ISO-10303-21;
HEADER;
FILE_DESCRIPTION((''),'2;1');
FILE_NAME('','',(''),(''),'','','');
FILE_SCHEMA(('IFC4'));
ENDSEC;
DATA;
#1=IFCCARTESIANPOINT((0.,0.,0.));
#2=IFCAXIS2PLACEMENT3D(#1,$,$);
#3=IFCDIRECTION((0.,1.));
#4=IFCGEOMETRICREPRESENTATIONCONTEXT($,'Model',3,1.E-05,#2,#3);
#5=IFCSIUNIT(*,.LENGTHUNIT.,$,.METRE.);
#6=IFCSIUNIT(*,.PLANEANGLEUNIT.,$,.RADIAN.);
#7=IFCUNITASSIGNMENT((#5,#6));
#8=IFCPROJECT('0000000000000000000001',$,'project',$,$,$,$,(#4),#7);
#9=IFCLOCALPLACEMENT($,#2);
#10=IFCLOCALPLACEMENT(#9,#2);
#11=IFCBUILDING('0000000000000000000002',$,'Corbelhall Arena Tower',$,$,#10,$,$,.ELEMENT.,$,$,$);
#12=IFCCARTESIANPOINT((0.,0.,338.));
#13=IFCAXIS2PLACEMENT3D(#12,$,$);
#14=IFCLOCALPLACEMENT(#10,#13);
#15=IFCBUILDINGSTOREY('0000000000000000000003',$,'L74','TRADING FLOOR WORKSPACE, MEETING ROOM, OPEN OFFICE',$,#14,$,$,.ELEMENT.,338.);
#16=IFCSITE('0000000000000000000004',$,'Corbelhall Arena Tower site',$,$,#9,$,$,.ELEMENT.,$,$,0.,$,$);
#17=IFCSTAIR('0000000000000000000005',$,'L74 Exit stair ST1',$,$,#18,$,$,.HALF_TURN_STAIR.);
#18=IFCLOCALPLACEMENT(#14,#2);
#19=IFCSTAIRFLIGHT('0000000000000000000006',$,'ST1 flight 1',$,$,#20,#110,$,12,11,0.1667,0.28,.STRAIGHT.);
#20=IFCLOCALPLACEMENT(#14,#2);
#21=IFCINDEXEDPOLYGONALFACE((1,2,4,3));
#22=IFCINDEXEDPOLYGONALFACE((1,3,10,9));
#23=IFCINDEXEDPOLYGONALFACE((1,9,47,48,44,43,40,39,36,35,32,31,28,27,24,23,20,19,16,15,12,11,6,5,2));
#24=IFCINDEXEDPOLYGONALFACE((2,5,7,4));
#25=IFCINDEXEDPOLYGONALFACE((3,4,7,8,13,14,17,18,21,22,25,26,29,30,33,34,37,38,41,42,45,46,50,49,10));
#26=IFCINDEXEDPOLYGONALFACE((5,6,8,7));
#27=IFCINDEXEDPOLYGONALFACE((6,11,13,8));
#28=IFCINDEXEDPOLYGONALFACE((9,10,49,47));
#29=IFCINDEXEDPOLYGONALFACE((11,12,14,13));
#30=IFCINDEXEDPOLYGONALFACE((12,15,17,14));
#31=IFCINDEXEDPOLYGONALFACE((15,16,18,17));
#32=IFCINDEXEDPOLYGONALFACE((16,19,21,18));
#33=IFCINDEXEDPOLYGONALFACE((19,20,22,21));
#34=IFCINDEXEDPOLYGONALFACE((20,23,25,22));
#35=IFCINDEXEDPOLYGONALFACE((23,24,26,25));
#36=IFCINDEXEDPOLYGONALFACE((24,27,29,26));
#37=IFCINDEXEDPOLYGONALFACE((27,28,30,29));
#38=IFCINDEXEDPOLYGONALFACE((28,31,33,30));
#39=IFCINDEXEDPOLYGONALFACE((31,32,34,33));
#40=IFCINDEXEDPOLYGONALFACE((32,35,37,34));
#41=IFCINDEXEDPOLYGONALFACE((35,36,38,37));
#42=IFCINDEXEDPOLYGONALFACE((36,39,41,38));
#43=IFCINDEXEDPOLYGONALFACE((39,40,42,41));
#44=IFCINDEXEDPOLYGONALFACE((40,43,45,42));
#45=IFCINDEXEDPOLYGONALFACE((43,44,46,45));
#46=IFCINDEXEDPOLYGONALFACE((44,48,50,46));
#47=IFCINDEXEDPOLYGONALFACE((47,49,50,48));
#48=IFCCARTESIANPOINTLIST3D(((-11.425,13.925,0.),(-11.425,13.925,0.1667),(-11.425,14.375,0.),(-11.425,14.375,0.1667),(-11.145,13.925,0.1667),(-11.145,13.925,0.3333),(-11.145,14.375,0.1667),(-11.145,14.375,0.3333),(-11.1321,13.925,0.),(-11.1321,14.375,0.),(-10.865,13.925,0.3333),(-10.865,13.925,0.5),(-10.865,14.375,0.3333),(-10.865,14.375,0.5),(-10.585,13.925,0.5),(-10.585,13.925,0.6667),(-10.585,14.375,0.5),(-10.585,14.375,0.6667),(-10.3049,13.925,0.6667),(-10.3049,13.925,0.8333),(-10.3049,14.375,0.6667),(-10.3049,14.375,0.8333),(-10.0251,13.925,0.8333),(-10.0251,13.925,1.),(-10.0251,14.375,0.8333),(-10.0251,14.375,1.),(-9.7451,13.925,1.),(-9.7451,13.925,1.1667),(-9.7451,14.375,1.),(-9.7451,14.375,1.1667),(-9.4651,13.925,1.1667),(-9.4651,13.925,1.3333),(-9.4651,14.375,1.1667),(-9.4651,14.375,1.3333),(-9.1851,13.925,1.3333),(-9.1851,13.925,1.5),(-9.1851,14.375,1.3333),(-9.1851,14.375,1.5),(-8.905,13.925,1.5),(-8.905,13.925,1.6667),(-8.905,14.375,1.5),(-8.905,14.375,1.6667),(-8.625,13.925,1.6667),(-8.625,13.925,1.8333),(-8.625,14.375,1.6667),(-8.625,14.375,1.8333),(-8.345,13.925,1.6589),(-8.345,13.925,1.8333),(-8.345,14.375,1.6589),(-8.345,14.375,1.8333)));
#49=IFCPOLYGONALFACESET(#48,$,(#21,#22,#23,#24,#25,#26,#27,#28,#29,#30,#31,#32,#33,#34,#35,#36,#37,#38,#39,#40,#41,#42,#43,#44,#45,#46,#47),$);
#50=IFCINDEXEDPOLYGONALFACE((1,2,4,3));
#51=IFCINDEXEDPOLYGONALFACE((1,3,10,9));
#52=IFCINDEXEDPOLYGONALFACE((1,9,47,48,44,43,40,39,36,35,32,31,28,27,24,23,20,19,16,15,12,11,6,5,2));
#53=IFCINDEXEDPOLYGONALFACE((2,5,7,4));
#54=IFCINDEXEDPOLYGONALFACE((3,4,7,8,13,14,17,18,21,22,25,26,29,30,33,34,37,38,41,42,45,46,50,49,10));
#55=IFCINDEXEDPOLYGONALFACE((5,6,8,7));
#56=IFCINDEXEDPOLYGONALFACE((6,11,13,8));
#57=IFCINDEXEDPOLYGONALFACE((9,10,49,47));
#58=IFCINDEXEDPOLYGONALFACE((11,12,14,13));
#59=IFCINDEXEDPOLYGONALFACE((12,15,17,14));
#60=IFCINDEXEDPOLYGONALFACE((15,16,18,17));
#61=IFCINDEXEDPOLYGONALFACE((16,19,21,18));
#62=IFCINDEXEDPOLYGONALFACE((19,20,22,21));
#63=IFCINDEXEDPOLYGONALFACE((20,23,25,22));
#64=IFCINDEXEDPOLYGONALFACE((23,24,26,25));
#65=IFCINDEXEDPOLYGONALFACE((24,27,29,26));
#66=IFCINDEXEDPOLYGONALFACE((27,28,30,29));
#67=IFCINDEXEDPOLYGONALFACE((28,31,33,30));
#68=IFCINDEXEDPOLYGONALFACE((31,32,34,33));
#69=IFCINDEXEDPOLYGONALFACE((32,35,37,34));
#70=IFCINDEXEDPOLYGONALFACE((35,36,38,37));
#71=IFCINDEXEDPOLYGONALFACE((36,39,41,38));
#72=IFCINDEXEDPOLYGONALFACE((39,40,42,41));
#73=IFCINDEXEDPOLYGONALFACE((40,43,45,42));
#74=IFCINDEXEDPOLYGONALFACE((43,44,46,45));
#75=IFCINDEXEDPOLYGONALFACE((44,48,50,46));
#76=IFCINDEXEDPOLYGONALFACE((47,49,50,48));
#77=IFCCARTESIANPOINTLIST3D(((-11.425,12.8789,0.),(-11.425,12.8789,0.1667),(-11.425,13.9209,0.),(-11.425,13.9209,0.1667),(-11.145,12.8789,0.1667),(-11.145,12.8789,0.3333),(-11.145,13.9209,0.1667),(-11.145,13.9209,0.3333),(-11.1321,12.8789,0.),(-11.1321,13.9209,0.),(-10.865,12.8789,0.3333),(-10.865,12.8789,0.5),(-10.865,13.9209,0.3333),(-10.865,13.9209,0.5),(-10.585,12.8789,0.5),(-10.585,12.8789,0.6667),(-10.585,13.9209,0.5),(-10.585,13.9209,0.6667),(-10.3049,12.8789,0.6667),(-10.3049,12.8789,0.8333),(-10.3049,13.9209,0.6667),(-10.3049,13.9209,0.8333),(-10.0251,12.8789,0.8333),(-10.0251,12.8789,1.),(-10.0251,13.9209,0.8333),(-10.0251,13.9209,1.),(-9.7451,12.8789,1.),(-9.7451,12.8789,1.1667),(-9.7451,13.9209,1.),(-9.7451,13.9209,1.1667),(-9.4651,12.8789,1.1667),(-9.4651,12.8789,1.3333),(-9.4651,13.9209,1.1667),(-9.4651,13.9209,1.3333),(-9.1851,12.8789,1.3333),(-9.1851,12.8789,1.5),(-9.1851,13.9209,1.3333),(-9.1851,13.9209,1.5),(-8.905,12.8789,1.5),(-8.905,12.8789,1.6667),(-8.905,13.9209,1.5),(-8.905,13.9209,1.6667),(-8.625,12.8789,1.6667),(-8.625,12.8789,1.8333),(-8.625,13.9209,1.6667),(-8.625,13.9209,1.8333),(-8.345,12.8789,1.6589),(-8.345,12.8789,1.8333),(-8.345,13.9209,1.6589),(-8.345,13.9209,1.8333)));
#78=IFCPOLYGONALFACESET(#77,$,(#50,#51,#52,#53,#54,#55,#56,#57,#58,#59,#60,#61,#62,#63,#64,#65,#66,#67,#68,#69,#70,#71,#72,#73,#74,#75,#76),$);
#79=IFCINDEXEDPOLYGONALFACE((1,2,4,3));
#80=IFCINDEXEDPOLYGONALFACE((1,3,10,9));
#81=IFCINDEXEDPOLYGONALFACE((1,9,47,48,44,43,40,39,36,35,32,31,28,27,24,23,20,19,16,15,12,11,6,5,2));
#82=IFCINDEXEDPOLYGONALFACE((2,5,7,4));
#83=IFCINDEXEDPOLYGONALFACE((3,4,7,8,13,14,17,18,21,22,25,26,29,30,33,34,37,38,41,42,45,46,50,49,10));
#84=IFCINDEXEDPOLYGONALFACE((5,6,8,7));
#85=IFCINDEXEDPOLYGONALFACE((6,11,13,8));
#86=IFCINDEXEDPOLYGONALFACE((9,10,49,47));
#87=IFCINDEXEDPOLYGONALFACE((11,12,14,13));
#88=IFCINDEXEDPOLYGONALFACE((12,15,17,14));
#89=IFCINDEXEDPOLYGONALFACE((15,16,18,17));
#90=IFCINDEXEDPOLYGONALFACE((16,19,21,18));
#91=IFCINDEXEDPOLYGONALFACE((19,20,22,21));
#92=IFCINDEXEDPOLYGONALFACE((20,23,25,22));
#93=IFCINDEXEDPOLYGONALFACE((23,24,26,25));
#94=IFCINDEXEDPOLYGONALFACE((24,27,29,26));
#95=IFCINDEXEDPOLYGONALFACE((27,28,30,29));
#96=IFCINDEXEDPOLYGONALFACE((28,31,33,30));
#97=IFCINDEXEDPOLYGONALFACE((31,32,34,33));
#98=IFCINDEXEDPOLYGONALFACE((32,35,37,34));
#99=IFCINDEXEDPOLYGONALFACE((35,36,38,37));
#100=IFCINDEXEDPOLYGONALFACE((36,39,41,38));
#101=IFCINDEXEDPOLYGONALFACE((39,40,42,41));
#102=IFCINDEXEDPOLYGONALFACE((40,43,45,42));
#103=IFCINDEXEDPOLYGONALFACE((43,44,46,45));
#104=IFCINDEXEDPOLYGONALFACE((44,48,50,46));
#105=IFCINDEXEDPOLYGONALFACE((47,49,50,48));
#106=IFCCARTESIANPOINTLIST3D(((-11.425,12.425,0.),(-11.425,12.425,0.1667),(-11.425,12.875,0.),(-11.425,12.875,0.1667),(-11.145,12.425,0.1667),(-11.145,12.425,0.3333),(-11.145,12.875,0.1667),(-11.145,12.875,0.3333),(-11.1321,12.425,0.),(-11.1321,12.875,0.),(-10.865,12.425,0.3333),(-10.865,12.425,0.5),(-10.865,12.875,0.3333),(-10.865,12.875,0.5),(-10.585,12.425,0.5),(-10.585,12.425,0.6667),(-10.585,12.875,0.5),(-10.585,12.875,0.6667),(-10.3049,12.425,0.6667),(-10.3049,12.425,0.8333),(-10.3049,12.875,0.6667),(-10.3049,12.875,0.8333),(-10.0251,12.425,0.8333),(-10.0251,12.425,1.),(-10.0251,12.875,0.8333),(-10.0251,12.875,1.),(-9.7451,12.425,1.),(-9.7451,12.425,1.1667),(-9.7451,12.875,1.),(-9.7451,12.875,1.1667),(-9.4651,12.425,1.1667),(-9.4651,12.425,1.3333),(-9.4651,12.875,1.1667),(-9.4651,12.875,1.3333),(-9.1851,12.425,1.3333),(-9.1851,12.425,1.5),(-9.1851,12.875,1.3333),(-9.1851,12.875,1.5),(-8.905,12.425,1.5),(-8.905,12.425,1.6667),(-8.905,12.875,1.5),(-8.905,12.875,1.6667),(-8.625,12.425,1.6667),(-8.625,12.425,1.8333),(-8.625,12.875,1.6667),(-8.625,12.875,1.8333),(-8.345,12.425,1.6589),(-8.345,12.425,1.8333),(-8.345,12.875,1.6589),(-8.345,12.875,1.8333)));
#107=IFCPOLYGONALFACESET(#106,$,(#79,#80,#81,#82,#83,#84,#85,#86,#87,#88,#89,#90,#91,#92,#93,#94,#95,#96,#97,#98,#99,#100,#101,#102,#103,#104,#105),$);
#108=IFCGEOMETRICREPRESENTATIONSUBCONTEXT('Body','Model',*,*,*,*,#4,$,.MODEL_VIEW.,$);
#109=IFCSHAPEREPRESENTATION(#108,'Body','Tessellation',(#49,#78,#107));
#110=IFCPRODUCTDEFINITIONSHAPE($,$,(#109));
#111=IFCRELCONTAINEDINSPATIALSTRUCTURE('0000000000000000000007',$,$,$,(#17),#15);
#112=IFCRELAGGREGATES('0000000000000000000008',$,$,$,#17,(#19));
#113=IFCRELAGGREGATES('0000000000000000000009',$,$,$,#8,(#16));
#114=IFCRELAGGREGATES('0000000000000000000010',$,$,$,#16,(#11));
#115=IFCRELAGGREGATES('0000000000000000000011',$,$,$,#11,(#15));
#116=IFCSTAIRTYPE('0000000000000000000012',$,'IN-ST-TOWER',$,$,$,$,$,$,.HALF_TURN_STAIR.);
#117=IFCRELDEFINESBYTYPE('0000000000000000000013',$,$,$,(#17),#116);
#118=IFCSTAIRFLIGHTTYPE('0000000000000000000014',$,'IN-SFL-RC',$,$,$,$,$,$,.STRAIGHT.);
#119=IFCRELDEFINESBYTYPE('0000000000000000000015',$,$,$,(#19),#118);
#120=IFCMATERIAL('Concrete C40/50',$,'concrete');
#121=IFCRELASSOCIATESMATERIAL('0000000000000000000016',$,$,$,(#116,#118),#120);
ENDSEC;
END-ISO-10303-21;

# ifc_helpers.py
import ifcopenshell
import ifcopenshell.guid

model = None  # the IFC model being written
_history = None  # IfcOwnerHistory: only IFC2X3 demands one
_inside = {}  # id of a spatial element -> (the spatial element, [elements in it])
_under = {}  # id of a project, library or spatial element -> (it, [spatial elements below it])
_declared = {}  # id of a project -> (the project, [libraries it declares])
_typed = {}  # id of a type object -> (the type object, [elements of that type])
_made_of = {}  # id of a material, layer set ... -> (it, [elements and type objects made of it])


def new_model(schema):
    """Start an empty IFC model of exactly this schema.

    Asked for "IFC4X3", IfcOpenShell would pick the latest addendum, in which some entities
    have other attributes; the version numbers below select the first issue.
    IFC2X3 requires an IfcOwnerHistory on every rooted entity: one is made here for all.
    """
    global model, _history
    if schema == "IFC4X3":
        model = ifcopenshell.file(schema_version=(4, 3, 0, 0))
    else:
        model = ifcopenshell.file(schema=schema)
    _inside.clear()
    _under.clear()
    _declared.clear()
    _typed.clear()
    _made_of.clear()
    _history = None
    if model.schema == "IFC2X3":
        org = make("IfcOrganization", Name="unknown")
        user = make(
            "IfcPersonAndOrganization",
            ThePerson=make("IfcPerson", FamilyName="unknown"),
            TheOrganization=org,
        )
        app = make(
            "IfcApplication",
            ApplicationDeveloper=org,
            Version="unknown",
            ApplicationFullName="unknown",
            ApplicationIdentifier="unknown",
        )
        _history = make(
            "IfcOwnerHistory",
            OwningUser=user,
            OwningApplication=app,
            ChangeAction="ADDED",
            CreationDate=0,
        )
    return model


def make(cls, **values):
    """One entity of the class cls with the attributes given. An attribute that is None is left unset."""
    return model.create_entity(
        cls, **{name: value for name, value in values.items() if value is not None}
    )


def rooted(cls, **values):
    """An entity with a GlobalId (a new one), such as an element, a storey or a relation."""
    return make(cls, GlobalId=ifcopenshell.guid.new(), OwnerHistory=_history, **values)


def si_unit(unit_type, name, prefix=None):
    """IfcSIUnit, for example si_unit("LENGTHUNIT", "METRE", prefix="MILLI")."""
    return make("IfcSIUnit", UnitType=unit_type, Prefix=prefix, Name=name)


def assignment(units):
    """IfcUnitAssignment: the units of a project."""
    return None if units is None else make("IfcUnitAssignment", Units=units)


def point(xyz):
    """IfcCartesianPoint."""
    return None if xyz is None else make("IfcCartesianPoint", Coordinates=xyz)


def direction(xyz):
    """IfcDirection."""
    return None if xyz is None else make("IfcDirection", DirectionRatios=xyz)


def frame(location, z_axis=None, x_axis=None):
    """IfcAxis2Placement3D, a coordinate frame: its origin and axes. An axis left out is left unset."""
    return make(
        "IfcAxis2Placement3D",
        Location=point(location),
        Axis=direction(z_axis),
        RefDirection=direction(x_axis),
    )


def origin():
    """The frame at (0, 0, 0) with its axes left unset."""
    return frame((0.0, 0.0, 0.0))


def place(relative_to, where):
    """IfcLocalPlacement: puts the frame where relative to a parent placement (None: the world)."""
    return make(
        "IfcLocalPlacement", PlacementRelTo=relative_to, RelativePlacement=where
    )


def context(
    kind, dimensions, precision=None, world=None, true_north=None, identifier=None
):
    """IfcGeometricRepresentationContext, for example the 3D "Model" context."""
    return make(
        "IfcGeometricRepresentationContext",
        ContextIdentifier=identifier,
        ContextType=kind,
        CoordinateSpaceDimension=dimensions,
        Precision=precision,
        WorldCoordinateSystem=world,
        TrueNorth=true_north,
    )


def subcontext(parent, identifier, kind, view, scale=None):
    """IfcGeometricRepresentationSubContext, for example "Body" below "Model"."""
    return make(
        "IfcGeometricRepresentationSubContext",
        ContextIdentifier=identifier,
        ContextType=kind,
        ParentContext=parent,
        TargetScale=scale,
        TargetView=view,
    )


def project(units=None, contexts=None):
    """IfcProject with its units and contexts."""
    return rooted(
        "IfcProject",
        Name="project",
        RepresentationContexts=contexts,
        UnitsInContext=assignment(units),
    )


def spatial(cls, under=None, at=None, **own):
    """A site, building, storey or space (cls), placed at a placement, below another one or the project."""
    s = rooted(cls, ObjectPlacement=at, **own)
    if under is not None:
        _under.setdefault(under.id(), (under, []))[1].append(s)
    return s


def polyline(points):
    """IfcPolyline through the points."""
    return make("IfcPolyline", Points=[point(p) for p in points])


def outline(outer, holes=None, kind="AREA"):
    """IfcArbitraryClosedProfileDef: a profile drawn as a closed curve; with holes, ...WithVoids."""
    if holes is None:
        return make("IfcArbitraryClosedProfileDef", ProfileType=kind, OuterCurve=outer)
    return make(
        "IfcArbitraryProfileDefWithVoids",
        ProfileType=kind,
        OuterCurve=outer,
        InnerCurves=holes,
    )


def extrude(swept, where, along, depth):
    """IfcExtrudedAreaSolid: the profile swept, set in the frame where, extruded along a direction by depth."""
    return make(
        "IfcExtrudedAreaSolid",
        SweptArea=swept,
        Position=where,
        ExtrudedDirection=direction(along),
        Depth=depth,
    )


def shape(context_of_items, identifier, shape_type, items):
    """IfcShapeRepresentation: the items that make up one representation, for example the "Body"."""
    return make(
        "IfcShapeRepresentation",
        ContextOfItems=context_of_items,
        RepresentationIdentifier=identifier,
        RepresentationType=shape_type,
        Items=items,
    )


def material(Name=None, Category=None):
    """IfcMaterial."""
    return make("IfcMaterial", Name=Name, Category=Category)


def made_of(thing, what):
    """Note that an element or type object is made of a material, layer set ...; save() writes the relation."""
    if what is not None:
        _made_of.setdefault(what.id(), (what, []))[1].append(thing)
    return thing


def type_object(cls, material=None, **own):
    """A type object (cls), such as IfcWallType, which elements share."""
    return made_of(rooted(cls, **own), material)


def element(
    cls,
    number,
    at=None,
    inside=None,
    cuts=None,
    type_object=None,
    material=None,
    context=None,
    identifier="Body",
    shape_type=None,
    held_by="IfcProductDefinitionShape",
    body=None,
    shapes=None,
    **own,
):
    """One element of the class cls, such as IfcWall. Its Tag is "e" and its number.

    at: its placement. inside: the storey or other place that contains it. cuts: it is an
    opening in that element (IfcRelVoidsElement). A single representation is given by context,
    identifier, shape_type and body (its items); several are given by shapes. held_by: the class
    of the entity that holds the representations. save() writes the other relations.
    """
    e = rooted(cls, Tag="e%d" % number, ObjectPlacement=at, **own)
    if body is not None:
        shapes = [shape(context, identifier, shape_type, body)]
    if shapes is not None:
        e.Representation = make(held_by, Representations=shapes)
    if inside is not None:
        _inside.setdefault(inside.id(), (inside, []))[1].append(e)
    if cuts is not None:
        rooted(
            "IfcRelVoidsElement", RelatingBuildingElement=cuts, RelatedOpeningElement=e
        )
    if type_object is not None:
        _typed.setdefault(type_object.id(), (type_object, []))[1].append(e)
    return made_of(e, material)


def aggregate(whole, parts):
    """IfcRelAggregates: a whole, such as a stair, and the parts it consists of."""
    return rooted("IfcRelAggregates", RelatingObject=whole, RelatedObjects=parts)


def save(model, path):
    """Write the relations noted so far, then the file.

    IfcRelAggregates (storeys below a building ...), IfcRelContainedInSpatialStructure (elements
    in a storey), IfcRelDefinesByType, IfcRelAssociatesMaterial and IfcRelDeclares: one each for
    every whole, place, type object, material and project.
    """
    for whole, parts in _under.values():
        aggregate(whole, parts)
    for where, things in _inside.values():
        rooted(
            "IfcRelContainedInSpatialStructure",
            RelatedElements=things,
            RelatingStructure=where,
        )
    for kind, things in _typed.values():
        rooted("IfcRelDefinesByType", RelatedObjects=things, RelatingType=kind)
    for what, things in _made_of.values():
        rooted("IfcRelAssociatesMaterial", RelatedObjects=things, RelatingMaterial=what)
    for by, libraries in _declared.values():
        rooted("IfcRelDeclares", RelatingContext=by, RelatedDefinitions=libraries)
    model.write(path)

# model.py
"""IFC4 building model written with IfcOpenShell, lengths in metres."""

from ifc_helpers import new_model, si_unit, direction, frame, origin, place, context, subcontext, project, spatial, polyline, outline, extrude, material, type_object, element, aggregate, save


model = new_model("IFC4")

# Units and contexts
model_context = context("Model", 3, precision=1e-05, world=origin(), true_north=direction((0.0, 1.0)))
body_context = subcontext(model_context, "Body", "Model", "MODEL_VIEW")
ifc_project = project(units=[si_unit("LENGTHUNIT", "METRE"), si_unit("PLANEANGLEUNIT", "RADIAN")], contexts=[model_context])

# Site, building, storey
site_placement = place(None, origin())
site = spatial("IfcSite", under=ifc_project, at=site_placement, Name="Corbelhall Arena Tower site", CompositionType="ELEMENT", RefElevation=0.0)
building_placement = place(site_placement, origin())
building = spatial("IfcBuilding", under=site, at=building_placement, Name="Corbelhall Arena Tower", CompositionType="ELEMENT")
storey_placement = place(building_placement, frame((0.0, 0.0, 338.0)))
storey = spatial("IfcBuildingStorey", under=building, at=storey_placement, Name="L74", Description="TRADING FLOOR WORKSPACE, MEETING ROOM, OPEN OFFICE", CompositionType="ELEMENT", Elevation=338.0)

# Shared definitions
ifc_material_1 = material(Name="Concrete C40/50", Category="concrete")

# Stair, stair flight
stair_type = type_object("IfcStairType", Name="IN-ST-TOWER", PredefinedType="HALF_TURN_STAIR", material=ifc_material_1)
stair_placement = place(storey_placement, origin())
stair = element("IfcStair", 1, at=stair_placement, inside=storey, type_object=stair_type, Name="L74 Exit stair ST1", PredefinedType="HALF_TURN_STAIR")
stair_flight_type = type_object("IfcStairFlightType", Name="IN-SFL-RC", PredefinedType="STRAIGHT", material=ifc_material_1)
stair_flight_placement = place(storey_placement, frame((-11.425, 13.3999, 0.0), z_axis=(0.0, 0.0, 1.0), x_axis=(1.0, 0.0, 0.0)))
stair_flight = element("IfcStairFlight", 2, at=stair_flight_placement, type_object=stair_flight_type, Name="ST1 flight 1", NumberOfRisers=12, NumberOfTreads=11, PredefinedType="STRAIGHT", RiserHeight=0.1667, TreadLength=0.28, context=body_context, shape_type="SweptSolid", body=[
    extrude(outline(polyline([(0.0, 0.0), (0.0, 0.1667), (0.28, 0.1667), (0.28, 0.3333), (0.5601, 0.3333), (0.5601, 0.5), (0.8401, 0.5), (0.8401, 0.6667), (1.1201, 0.6667), (1.1201, 0.8333), (1.3999, 0.8333), (1.3999, 1.0), (1.6799, 1.0), (1.6799, 1.1667), (1.96, 1.1667), (1.96, 1.3333), (2.24, 1.3333), (2.24, 1.5), (2.52, 1.5), (2.52, 1.6667), (2.8, 1.6667), (2.8, 1.8333), (3.0801, 1.8333), (3.0801, 2.0), (3.0801, 1.6589), (0.293, 0.0), (0.0, 0.0)])), frame((0.0, 0.9751, 0.0), z_axis=(0.0, -1.0, 0.0), x_axis=(1.0, 0.0, 0.0)), (0.0, 0.0, 1.0), 0.45),
    extrude(outline(polyline([(0.0, 0.0), (0.0, 0.1667), (0.28, 0.1667), (0.28, 0.3333), (0.5601, 0.3333), (0.5601, 0.5), (0.8401, 0.5), (0.8401, 0.6667), (1.1201, 0.6667), (1.1201, 0.8333), (1.3999, 0.8333), (1.3999, 1.0), (1.6799, 1.0), (1.6799, 1.1667), (1.96, 1.1667), (1.96, 1.3333), (2.24, 1.3333), (2.24, 1.5), (2.52, 1.5), (2.52, 1.6667), (2.8, 1.6667), (2.8, 1.8333), (3.0801, 1.8333), (3.0801, 2.0), (3.0801, 1.6589), (0.293, 0.0), (0.0, 0.0)])), frame((0.0, 0.521, 0.0), z_axis=(0.0, -1.0, 0.0), x_axis=(1.0, 0.0, 0.0)), (0.0, 0.0, 1.0), 1.042),
    extrude(outline(polyline([(0.0, 0.0), (0.0, 0.1667), (0.28, 0.1667), (0.28, 0.3333), (0.5601, 0.3333), (0.5601, 0.5), (0.8401, 0.5), (0.8401, 0.6667), (1.1201, 0.6667), (1.1201, 0.8333), (1.3999, 0.8333), (1.3999, 1.0), (1.6799, 1.0), (1.6799, 1.1667), (1.96, 1.1667), (1.96, 1.3333), (2.24, 1.3333), (2.24, 1.5), (2.52, 1.5), (2.52, 1.6667), (2.8, 1.6667), (2.8, 1.8333), (3.0801, 1.8333), (3.0801, 2.0), (3.0801, 1.6589), (0.293, 0.0), (0.0, 0.0)])), frame((0.0, -0.5249, 0.0), z_axis=(0.0, -1.0, 0.0), x_axis=(1.0, 0.0, 0.0)), (0.0, 0.0, 1.0), 0.45),
])
aggregate(stair, [stair_flight])

save(model, "model.ifc")
